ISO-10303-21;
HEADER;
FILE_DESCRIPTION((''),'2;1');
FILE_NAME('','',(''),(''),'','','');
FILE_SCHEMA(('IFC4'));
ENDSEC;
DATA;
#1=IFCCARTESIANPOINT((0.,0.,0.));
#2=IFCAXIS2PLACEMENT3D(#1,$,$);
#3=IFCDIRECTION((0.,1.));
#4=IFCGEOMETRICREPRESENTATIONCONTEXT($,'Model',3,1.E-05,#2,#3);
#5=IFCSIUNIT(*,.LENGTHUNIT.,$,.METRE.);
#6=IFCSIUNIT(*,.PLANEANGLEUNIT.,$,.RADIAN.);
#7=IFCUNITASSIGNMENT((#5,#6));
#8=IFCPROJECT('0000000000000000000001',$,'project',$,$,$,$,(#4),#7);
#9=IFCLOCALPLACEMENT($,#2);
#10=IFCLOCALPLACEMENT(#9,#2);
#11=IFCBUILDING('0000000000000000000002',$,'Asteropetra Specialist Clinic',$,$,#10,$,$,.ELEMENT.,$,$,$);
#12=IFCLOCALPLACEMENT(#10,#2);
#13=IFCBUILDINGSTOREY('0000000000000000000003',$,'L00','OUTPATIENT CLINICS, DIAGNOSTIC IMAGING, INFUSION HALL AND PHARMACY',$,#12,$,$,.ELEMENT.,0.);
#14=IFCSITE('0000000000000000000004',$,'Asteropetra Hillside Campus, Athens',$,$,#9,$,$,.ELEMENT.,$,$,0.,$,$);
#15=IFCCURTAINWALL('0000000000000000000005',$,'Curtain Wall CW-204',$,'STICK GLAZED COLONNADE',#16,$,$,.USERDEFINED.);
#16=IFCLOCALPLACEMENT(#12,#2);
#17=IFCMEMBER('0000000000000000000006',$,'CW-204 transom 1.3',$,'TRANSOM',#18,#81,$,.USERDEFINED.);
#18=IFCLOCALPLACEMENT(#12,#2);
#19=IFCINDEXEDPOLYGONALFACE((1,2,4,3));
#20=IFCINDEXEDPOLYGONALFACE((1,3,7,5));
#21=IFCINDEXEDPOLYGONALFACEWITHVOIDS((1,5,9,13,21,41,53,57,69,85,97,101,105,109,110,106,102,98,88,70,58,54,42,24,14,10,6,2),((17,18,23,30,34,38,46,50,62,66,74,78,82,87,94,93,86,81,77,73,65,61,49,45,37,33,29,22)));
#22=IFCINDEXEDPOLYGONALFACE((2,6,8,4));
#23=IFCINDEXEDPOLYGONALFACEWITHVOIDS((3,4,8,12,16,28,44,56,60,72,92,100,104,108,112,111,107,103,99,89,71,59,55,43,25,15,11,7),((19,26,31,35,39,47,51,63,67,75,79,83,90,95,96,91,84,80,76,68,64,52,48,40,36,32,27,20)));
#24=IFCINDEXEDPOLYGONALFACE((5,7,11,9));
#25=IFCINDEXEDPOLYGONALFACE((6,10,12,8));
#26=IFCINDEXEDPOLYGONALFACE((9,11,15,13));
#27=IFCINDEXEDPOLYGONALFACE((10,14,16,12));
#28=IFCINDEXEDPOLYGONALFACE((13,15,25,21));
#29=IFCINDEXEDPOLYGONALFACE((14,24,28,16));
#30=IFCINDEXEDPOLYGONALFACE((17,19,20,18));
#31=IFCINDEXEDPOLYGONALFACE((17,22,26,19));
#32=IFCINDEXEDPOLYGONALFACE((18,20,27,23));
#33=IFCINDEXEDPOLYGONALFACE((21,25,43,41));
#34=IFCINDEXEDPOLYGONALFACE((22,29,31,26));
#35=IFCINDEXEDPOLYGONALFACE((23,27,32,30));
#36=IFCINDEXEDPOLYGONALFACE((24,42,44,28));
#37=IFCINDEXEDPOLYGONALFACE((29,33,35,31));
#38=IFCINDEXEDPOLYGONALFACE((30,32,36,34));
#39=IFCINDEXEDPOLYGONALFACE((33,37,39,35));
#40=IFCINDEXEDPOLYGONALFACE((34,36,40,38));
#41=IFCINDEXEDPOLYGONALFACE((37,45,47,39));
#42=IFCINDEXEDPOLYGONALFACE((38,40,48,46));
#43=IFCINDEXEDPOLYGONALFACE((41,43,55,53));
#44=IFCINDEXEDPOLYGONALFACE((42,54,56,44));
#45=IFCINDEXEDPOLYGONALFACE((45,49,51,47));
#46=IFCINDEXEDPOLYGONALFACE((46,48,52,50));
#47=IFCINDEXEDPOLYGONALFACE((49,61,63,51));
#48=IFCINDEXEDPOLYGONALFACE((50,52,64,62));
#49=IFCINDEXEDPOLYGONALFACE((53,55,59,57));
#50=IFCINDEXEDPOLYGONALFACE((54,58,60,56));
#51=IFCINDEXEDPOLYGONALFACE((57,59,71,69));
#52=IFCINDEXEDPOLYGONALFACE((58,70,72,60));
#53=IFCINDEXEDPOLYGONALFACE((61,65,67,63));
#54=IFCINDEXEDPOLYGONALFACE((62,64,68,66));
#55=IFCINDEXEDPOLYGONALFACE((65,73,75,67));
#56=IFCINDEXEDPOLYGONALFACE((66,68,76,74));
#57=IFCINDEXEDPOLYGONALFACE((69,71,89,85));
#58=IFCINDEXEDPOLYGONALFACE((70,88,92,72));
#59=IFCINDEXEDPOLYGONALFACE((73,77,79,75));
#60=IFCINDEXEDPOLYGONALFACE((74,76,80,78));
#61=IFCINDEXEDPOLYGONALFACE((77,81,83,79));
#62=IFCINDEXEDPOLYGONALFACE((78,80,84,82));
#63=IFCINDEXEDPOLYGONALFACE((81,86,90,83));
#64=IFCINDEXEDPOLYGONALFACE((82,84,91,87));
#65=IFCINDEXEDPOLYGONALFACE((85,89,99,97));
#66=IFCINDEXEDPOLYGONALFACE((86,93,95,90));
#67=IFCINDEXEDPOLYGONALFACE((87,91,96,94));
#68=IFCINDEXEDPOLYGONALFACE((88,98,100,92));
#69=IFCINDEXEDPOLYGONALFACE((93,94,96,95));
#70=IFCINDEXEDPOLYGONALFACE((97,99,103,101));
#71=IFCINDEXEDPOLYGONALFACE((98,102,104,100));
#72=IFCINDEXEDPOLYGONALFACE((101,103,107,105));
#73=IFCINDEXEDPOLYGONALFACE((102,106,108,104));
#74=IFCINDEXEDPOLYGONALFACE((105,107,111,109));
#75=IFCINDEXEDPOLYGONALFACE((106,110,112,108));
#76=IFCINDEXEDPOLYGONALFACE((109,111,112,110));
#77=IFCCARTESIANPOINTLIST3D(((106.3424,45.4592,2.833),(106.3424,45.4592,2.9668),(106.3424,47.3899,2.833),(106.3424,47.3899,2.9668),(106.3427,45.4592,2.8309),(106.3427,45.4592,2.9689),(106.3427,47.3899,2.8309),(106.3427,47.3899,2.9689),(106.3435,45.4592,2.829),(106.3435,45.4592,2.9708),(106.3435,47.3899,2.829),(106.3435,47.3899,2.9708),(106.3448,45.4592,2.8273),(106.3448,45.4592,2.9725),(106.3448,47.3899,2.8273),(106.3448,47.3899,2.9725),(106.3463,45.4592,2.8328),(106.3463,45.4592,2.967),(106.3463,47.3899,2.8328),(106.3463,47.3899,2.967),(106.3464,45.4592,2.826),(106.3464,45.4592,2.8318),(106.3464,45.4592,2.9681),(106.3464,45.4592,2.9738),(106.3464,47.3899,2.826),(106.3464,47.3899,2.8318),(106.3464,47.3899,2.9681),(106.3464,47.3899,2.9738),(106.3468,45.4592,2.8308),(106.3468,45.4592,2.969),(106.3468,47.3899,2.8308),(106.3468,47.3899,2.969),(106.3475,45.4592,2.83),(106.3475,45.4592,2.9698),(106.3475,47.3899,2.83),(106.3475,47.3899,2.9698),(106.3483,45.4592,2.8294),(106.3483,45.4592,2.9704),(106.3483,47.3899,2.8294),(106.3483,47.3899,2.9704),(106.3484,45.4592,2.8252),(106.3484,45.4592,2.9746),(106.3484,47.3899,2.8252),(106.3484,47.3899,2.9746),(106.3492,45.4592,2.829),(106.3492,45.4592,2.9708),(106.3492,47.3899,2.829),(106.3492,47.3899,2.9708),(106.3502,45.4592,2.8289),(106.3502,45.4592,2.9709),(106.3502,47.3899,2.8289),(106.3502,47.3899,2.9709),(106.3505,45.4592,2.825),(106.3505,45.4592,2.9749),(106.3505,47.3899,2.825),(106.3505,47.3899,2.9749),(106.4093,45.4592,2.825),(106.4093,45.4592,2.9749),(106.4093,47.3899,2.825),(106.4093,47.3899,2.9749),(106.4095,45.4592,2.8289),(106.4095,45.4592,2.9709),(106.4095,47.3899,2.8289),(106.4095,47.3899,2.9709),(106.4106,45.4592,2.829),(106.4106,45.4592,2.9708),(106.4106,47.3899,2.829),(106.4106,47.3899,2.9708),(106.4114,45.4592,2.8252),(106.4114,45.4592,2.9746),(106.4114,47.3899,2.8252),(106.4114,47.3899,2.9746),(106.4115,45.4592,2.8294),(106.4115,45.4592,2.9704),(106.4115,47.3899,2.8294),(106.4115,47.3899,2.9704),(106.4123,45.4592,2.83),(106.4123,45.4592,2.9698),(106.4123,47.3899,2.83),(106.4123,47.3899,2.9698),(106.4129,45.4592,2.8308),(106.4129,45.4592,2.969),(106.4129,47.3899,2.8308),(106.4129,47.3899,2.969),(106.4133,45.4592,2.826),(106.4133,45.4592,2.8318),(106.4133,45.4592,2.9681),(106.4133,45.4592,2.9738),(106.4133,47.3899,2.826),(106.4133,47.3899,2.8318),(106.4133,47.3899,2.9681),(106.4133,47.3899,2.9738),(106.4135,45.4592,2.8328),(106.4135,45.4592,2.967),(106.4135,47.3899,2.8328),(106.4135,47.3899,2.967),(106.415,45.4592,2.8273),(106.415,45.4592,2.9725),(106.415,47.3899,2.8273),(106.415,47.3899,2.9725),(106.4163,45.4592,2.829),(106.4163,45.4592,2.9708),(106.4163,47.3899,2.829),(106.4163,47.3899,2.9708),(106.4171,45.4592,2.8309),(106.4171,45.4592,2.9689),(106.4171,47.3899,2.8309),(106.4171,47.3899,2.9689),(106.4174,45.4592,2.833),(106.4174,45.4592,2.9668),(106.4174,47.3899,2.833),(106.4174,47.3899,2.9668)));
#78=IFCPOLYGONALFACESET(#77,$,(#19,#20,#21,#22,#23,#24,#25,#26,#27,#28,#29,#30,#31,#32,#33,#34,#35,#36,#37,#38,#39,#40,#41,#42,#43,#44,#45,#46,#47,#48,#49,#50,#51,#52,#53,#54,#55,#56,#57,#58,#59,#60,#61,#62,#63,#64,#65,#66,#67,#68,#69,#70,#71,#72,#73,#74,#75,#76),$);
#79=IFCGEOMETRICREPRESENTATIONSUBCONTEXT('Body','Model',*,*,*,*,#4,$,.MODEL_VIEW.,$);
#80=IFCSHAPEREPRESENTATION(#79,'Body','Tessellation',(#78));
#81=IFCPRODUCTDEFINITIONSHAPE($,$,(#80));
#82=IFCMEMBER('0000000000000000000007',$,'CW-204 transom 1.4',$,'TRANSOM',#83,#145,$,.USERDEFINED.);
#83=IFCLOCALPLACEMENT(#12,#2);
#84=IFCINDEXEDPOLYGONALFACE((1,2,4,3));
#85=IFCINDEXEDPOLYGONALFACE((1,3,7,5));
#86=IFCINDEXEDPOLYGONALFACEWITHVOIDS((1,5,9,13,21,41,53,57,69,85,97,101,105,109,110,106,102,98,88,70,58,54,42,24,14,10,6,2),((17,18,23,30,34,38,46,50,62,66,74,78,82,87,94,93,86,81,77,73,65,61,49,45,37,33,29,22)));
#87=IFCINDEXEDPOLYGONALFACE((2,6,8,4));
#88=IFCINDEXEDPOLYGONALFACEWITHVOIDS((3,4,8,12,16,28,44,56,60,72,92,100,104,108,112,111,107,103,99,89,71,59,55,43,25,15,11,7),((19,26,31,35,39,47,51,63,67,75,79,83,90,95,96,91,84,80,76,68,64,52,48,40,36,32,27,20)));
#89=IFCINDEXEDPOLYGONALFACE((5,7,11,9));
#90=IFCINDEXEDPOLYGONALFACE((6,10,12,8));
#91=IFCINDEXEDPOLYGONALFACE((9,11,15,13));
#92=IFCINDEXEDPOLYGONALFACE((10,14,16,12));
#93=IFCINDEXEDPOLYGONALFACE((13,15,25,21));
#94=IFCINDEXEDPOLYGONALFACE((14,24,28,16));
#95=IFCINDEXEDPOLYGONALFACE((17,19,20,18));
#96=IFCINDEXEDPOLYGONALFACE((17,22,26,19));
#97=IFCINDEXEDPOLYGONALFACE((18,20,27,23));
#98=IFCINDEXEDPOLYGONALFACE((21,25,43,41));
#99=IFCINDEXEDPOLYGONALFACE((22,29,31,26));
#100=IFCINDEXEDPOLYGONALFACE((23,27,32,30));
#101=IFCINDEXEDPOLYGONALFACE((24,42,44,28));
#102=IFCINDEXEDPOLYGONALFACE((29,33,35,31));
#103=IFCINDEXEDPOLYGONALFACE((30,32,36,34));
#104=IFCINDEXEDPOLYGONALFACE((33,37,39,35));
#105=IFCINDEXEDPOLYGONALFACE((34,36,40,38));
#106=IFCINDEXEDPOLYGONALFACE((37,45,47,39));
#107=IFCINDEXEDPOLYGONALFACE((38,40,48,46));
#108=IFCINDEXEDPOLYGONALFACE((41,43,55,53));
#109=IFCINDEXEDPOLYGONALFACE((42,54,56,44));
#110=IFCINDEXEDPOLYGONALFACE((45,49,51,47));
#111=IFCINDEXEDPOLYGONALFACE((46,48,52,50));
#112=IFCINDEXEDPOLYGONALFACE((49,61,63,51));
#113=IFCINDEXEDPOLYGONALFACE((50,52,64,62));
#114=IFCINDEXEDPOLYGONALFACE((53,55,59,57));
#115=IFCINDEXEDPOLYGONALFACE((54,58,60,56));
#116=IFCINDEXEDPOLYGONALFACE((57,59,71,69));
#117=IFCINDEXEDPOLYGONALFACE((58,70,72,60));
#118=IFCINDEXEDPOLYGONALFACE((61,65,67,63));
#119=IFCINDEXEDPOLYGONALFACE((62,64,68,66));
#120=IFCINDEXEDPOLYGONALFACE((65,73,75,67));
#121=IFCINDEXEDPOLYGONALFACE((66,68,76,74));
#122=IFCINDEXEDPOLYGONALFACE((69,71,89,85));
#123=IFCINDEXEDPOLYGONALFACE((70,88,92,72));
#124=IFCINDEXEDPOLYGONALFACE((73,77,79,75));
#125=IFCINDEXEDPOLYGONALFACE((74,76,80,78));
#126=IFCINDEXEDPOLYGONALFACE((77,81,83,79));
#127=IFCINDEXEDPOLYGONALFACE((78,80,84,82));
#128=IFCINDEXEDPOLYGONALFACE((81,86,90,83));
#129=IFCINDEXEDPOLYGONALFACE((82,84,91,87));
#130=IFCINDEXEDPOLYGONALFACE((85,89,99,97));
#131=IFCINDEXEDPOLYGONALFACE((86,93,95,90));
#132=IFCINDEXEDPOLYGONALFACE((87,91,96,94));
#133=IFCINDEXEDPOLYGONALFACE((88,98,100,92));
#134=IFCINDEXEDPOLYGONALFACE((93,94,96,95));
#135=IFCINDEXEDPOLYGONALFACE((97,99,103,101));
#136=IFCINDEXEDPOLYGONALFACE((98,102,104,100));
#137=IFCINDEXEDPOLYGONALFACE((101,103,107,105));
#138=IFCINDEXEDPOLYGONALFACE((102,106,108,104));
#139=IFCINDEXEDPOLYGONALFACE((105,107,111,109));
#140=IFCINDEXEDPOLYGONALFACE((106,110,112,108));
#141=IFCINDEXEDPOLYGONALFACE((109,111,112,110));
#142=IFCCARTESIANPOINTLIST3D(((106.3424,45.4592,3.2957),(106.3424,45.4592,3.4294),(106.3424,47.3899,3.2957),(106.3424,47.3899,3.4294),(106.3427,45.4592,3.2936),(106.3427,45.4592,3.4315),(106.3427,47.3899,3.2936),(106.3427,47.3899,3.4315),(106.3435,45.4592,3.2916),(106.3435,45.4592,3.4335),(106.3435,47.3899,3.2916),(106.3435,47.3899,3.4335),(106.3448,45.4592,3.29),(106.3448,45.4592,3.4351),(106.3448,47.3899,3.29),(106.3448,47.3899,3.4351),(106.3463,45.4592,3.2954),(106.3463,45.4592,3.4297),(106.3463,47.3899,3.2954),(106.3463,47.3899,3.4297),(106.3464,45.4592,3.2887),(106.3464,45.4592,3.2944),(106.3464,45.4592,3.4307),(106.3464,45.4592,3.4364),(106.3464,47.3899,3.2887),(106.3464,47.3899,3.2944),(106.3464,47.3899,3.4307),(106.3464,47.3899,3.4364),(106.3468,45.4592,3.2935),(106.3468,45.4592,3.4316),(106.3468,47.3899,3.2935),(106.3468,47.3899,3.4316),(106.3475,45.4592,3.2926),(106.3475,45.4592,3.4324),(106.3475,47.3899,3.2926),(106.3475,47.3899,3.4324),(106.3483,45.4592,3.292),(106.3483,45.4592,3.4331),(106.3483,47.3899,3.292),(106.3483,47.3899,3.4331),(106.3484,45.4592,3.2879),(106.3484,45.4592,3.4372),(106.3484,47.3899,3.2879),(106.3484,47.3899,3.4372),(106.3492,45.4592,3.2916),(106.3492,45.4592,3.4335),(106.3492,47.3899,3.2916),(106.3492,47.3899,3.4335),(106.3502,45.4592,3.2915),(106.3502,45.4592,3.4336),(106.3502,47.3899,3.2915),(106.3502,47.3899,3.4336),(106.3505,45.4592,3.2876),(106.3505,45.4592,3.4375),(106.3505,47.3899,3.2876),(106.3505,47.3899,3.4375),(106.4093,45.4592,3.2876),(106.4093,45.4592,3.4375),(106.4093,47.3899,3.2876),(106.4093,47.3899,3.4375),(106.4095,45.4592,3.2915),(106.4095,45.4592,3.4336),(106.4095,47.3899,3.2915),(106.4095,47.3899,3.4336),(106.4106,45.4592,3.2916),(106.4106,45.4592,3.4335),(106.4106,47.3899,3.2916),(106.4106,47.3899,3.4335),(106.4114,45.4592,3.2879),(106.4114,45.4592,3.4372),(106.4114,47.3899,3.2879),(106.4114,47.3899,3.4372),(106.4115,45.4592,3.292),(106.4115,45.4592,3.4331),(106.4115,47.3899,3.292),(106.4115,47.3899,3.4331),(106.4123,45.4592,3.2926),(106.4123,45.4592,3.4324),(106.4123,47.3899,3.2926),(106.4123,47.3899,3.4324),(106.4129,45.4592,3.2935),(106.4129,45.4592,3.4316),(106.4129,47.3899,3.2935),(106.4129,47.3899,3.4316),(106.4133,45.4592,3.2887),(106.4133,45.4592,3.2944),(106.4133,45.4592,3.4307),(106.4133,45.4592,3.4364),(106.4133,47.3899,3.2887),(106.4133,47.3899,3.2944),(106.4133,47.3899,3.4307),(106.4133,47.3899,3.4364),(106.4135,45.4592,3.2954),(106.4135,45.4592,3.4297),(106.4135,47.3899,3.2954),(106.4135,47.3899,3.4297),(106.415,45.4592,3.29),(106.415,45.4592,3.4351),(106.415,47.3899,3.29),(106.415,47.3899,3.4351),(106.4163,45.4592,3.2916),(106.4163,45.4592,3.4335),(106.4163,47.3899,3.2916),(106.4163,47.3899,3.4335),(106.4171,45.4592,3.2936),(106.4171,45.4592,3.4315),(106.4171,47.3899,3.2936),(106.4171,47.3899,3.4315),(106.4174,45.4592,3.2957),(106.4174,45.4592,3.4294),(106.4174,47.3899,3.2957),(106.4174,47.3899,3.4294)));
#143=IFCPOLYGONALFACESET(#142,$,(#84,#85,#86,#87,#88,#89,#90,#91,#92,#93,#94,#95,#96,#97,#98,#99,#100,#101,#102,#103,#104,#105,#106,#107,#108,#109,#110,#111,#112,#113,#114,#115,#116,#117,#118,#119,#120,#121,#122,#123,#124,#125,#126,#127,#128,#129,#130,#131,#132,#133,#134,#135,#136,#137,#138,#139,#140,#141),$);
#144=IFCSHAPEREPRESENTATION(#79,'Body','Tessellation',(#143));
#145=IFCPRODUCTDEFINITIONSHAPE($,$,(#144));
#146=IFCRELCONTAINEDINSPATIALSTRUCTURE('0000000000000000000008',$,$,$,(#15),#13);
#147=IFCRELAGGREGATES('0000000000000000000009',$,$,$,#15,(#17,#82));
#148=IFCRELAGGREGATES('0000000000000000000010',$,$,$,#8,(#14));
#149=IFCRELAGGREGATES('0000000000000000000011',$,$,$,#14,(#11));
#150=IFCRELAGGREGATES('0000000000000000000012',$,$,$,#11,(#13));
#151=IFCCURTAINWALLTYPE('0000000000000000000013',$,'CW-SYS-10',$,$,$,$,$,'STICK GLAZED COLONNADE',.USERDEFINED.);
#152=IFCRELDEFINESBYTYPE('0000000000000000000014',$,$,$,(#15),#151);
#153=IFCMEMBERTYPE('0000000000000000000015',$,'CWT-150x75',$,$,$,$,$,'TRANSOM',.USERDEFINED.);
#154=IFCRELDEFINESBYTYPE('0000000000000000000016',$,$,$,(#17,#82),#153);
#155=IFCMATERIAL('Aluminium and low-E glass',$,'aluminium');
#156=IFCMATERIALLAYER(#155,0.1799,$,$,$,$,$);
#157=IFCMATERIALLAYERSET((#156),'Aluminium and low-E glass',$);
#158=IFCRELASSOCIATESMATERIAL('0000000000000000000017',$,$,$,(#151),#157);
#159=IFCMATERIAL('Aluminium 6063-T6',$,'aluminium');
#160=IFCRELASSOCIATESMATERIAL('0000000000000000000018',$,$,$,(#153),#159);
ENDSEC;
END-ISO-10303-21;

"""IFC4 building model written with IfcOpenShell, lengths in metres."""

from ifc_helpers import new_model, si_unit, direction, frame, origin, origin_2d, place, context, subcontext, project, spatial, hollow_rectangle, extrude, material, layer, layer_set, material_profile, profile_set, type_object, element, aggregate, save


model = new_model("IFC4")

# Units and contexts
model_context = context("Model", 3, precision=1e-05, world=origin(), true_north=direction((0.0, 1.0)))
body_context = subcontext(model_context, "Body", "Model", "MODEL_VIEW")
ifc_project = project(units=[si_unit("LENGTHUNIT", "METRE"), si_unit("PLANEANGLEUNIT", "RADIAN")], contexts=[model_context])

# Site, building, storey
site_placement = place(None, origin())
site = spatial("IfcSite", under=ifc_project, at=site_placement, Name="Asteropetra Hillside Campus, Athens", CompositionType="ELEMENT", RefElevation=0.0)
building_placement = place(site_placement, origin())
building = spatial("IfcBuilding", under=site, at=building_placement, Name="Asteropetra Specialist Clinic", CompositionType="ELEMENT")
storey_placement = place(building_placement, origin())
storey = spatial("IfcBuildingStorey", under=building, at=storey_placement, Name="L00", Description="OUTPATIENT CLINICS, DIAGNOSTIC IMAGING, INFUSION HALL AND PHARMACY", CompositionType="ELEMENT", Elevation=0.0)

# Curtain wall, members
ifc_material_1 = material(Name="Aluminium and low-E glass", Category="aluminium")
ifc_layer_1 = layer(ifc_material_1, 0.1799)
ifc_layer_set_1 = layer_set([ifc_layer_1], Name="Aluminium and low-E glass")
curtain_wall_type = type_object("IfcCurtainWallType", Name="CW-SYS-10", ElementType="STICK GLAZED COLONNADE", PredefinedType="USERDEFINED", material=ifc_layer_set_1)
curtain_wall_placement = place(storey_placement, origin())
curtain_wall = element("IfcCurtainWall", 1, at=curtain_wall_placement, inside=storey, type_object=curtain_wall_type, Name="Curtain Wall CW-204", ObjectType="STICK GLAZED COLONNADE", PredefinedType="USERDEFINED")
ifc_material_2 = material(Name="Aluminium 6063-T6", Category="aluminium")
ifc_material_profile_1 = material_profile(ifc_material_2, hollow_rectangle(XDim=0.075, YDim=0.1499, WallThickness=0.0039, InnerFilletRadius=0.0039, OuterFilletRadius=0.0081, at=origin_2d()), Name="TRN 150x75x4.0")
ifc_profile_set_1 = profile_set([ifc_material_profile_1], Name="Aluminium 6063-T6")
member_type_1 = type_object("IfcMemberType", Name="CWT-150x75", ElementType="TRANSOM", PredefinedType="USERDEFINED", material=ifc_profile_set_1)
member_1_placement = place(storey_placement, frame((106.3799, 47.3899, 2.8999), z_axis=(0.0, -1.0, 0.0), x_axis=(1.0, 0.0, 0.0)))
member_1 = element("IfcMember", 2, at=member_1_placement, type_object=member_type_1, Name="CW-204 transom 1.3", ObjectType="TRANSOM", PredefinedType="USERDEFINED", context=body_context, shape_type="SweptSolid", body=[
    extrude(hollow_rectangle(XDim=0.075, YDim=0.1499, WallThickness=0.0039, InnerFilletRadius=0.0039, OuterFilletRadius=0.0081, at=origin_2d()), origin(), (0.0, 0.0, 1.0), 1.9307),
])
member_2_placement = place(storey_placement, frame((106.3799, 47.3899, 3.3625), z_axis=(0.0, -1.0, 0.0), x_axis=(1.0, 0.0, 0.0)))
member_2 = element("IfcMember", 3, at=member_2_placement, type_object=member_type_1, Name="CW-204 transom 1.4", ObjectType="TRANSOM", PredefinedType="USERDEFINED", context=body_context, shape_type="SweptSolid", body=[
    extrude(hollow_rectangle(XDim=0.075, YDim=0.1499, WallThickness=0.0039, InnerFilletRadius=0.0039, OuterFilletRadius=0.0081, at=origin_2d()), origin(), (0.0, 0.0, 1.0), 1.9307),
])
aggregate(curtain_wall, [member_1, member_2])

save(model, "model.ifc")
